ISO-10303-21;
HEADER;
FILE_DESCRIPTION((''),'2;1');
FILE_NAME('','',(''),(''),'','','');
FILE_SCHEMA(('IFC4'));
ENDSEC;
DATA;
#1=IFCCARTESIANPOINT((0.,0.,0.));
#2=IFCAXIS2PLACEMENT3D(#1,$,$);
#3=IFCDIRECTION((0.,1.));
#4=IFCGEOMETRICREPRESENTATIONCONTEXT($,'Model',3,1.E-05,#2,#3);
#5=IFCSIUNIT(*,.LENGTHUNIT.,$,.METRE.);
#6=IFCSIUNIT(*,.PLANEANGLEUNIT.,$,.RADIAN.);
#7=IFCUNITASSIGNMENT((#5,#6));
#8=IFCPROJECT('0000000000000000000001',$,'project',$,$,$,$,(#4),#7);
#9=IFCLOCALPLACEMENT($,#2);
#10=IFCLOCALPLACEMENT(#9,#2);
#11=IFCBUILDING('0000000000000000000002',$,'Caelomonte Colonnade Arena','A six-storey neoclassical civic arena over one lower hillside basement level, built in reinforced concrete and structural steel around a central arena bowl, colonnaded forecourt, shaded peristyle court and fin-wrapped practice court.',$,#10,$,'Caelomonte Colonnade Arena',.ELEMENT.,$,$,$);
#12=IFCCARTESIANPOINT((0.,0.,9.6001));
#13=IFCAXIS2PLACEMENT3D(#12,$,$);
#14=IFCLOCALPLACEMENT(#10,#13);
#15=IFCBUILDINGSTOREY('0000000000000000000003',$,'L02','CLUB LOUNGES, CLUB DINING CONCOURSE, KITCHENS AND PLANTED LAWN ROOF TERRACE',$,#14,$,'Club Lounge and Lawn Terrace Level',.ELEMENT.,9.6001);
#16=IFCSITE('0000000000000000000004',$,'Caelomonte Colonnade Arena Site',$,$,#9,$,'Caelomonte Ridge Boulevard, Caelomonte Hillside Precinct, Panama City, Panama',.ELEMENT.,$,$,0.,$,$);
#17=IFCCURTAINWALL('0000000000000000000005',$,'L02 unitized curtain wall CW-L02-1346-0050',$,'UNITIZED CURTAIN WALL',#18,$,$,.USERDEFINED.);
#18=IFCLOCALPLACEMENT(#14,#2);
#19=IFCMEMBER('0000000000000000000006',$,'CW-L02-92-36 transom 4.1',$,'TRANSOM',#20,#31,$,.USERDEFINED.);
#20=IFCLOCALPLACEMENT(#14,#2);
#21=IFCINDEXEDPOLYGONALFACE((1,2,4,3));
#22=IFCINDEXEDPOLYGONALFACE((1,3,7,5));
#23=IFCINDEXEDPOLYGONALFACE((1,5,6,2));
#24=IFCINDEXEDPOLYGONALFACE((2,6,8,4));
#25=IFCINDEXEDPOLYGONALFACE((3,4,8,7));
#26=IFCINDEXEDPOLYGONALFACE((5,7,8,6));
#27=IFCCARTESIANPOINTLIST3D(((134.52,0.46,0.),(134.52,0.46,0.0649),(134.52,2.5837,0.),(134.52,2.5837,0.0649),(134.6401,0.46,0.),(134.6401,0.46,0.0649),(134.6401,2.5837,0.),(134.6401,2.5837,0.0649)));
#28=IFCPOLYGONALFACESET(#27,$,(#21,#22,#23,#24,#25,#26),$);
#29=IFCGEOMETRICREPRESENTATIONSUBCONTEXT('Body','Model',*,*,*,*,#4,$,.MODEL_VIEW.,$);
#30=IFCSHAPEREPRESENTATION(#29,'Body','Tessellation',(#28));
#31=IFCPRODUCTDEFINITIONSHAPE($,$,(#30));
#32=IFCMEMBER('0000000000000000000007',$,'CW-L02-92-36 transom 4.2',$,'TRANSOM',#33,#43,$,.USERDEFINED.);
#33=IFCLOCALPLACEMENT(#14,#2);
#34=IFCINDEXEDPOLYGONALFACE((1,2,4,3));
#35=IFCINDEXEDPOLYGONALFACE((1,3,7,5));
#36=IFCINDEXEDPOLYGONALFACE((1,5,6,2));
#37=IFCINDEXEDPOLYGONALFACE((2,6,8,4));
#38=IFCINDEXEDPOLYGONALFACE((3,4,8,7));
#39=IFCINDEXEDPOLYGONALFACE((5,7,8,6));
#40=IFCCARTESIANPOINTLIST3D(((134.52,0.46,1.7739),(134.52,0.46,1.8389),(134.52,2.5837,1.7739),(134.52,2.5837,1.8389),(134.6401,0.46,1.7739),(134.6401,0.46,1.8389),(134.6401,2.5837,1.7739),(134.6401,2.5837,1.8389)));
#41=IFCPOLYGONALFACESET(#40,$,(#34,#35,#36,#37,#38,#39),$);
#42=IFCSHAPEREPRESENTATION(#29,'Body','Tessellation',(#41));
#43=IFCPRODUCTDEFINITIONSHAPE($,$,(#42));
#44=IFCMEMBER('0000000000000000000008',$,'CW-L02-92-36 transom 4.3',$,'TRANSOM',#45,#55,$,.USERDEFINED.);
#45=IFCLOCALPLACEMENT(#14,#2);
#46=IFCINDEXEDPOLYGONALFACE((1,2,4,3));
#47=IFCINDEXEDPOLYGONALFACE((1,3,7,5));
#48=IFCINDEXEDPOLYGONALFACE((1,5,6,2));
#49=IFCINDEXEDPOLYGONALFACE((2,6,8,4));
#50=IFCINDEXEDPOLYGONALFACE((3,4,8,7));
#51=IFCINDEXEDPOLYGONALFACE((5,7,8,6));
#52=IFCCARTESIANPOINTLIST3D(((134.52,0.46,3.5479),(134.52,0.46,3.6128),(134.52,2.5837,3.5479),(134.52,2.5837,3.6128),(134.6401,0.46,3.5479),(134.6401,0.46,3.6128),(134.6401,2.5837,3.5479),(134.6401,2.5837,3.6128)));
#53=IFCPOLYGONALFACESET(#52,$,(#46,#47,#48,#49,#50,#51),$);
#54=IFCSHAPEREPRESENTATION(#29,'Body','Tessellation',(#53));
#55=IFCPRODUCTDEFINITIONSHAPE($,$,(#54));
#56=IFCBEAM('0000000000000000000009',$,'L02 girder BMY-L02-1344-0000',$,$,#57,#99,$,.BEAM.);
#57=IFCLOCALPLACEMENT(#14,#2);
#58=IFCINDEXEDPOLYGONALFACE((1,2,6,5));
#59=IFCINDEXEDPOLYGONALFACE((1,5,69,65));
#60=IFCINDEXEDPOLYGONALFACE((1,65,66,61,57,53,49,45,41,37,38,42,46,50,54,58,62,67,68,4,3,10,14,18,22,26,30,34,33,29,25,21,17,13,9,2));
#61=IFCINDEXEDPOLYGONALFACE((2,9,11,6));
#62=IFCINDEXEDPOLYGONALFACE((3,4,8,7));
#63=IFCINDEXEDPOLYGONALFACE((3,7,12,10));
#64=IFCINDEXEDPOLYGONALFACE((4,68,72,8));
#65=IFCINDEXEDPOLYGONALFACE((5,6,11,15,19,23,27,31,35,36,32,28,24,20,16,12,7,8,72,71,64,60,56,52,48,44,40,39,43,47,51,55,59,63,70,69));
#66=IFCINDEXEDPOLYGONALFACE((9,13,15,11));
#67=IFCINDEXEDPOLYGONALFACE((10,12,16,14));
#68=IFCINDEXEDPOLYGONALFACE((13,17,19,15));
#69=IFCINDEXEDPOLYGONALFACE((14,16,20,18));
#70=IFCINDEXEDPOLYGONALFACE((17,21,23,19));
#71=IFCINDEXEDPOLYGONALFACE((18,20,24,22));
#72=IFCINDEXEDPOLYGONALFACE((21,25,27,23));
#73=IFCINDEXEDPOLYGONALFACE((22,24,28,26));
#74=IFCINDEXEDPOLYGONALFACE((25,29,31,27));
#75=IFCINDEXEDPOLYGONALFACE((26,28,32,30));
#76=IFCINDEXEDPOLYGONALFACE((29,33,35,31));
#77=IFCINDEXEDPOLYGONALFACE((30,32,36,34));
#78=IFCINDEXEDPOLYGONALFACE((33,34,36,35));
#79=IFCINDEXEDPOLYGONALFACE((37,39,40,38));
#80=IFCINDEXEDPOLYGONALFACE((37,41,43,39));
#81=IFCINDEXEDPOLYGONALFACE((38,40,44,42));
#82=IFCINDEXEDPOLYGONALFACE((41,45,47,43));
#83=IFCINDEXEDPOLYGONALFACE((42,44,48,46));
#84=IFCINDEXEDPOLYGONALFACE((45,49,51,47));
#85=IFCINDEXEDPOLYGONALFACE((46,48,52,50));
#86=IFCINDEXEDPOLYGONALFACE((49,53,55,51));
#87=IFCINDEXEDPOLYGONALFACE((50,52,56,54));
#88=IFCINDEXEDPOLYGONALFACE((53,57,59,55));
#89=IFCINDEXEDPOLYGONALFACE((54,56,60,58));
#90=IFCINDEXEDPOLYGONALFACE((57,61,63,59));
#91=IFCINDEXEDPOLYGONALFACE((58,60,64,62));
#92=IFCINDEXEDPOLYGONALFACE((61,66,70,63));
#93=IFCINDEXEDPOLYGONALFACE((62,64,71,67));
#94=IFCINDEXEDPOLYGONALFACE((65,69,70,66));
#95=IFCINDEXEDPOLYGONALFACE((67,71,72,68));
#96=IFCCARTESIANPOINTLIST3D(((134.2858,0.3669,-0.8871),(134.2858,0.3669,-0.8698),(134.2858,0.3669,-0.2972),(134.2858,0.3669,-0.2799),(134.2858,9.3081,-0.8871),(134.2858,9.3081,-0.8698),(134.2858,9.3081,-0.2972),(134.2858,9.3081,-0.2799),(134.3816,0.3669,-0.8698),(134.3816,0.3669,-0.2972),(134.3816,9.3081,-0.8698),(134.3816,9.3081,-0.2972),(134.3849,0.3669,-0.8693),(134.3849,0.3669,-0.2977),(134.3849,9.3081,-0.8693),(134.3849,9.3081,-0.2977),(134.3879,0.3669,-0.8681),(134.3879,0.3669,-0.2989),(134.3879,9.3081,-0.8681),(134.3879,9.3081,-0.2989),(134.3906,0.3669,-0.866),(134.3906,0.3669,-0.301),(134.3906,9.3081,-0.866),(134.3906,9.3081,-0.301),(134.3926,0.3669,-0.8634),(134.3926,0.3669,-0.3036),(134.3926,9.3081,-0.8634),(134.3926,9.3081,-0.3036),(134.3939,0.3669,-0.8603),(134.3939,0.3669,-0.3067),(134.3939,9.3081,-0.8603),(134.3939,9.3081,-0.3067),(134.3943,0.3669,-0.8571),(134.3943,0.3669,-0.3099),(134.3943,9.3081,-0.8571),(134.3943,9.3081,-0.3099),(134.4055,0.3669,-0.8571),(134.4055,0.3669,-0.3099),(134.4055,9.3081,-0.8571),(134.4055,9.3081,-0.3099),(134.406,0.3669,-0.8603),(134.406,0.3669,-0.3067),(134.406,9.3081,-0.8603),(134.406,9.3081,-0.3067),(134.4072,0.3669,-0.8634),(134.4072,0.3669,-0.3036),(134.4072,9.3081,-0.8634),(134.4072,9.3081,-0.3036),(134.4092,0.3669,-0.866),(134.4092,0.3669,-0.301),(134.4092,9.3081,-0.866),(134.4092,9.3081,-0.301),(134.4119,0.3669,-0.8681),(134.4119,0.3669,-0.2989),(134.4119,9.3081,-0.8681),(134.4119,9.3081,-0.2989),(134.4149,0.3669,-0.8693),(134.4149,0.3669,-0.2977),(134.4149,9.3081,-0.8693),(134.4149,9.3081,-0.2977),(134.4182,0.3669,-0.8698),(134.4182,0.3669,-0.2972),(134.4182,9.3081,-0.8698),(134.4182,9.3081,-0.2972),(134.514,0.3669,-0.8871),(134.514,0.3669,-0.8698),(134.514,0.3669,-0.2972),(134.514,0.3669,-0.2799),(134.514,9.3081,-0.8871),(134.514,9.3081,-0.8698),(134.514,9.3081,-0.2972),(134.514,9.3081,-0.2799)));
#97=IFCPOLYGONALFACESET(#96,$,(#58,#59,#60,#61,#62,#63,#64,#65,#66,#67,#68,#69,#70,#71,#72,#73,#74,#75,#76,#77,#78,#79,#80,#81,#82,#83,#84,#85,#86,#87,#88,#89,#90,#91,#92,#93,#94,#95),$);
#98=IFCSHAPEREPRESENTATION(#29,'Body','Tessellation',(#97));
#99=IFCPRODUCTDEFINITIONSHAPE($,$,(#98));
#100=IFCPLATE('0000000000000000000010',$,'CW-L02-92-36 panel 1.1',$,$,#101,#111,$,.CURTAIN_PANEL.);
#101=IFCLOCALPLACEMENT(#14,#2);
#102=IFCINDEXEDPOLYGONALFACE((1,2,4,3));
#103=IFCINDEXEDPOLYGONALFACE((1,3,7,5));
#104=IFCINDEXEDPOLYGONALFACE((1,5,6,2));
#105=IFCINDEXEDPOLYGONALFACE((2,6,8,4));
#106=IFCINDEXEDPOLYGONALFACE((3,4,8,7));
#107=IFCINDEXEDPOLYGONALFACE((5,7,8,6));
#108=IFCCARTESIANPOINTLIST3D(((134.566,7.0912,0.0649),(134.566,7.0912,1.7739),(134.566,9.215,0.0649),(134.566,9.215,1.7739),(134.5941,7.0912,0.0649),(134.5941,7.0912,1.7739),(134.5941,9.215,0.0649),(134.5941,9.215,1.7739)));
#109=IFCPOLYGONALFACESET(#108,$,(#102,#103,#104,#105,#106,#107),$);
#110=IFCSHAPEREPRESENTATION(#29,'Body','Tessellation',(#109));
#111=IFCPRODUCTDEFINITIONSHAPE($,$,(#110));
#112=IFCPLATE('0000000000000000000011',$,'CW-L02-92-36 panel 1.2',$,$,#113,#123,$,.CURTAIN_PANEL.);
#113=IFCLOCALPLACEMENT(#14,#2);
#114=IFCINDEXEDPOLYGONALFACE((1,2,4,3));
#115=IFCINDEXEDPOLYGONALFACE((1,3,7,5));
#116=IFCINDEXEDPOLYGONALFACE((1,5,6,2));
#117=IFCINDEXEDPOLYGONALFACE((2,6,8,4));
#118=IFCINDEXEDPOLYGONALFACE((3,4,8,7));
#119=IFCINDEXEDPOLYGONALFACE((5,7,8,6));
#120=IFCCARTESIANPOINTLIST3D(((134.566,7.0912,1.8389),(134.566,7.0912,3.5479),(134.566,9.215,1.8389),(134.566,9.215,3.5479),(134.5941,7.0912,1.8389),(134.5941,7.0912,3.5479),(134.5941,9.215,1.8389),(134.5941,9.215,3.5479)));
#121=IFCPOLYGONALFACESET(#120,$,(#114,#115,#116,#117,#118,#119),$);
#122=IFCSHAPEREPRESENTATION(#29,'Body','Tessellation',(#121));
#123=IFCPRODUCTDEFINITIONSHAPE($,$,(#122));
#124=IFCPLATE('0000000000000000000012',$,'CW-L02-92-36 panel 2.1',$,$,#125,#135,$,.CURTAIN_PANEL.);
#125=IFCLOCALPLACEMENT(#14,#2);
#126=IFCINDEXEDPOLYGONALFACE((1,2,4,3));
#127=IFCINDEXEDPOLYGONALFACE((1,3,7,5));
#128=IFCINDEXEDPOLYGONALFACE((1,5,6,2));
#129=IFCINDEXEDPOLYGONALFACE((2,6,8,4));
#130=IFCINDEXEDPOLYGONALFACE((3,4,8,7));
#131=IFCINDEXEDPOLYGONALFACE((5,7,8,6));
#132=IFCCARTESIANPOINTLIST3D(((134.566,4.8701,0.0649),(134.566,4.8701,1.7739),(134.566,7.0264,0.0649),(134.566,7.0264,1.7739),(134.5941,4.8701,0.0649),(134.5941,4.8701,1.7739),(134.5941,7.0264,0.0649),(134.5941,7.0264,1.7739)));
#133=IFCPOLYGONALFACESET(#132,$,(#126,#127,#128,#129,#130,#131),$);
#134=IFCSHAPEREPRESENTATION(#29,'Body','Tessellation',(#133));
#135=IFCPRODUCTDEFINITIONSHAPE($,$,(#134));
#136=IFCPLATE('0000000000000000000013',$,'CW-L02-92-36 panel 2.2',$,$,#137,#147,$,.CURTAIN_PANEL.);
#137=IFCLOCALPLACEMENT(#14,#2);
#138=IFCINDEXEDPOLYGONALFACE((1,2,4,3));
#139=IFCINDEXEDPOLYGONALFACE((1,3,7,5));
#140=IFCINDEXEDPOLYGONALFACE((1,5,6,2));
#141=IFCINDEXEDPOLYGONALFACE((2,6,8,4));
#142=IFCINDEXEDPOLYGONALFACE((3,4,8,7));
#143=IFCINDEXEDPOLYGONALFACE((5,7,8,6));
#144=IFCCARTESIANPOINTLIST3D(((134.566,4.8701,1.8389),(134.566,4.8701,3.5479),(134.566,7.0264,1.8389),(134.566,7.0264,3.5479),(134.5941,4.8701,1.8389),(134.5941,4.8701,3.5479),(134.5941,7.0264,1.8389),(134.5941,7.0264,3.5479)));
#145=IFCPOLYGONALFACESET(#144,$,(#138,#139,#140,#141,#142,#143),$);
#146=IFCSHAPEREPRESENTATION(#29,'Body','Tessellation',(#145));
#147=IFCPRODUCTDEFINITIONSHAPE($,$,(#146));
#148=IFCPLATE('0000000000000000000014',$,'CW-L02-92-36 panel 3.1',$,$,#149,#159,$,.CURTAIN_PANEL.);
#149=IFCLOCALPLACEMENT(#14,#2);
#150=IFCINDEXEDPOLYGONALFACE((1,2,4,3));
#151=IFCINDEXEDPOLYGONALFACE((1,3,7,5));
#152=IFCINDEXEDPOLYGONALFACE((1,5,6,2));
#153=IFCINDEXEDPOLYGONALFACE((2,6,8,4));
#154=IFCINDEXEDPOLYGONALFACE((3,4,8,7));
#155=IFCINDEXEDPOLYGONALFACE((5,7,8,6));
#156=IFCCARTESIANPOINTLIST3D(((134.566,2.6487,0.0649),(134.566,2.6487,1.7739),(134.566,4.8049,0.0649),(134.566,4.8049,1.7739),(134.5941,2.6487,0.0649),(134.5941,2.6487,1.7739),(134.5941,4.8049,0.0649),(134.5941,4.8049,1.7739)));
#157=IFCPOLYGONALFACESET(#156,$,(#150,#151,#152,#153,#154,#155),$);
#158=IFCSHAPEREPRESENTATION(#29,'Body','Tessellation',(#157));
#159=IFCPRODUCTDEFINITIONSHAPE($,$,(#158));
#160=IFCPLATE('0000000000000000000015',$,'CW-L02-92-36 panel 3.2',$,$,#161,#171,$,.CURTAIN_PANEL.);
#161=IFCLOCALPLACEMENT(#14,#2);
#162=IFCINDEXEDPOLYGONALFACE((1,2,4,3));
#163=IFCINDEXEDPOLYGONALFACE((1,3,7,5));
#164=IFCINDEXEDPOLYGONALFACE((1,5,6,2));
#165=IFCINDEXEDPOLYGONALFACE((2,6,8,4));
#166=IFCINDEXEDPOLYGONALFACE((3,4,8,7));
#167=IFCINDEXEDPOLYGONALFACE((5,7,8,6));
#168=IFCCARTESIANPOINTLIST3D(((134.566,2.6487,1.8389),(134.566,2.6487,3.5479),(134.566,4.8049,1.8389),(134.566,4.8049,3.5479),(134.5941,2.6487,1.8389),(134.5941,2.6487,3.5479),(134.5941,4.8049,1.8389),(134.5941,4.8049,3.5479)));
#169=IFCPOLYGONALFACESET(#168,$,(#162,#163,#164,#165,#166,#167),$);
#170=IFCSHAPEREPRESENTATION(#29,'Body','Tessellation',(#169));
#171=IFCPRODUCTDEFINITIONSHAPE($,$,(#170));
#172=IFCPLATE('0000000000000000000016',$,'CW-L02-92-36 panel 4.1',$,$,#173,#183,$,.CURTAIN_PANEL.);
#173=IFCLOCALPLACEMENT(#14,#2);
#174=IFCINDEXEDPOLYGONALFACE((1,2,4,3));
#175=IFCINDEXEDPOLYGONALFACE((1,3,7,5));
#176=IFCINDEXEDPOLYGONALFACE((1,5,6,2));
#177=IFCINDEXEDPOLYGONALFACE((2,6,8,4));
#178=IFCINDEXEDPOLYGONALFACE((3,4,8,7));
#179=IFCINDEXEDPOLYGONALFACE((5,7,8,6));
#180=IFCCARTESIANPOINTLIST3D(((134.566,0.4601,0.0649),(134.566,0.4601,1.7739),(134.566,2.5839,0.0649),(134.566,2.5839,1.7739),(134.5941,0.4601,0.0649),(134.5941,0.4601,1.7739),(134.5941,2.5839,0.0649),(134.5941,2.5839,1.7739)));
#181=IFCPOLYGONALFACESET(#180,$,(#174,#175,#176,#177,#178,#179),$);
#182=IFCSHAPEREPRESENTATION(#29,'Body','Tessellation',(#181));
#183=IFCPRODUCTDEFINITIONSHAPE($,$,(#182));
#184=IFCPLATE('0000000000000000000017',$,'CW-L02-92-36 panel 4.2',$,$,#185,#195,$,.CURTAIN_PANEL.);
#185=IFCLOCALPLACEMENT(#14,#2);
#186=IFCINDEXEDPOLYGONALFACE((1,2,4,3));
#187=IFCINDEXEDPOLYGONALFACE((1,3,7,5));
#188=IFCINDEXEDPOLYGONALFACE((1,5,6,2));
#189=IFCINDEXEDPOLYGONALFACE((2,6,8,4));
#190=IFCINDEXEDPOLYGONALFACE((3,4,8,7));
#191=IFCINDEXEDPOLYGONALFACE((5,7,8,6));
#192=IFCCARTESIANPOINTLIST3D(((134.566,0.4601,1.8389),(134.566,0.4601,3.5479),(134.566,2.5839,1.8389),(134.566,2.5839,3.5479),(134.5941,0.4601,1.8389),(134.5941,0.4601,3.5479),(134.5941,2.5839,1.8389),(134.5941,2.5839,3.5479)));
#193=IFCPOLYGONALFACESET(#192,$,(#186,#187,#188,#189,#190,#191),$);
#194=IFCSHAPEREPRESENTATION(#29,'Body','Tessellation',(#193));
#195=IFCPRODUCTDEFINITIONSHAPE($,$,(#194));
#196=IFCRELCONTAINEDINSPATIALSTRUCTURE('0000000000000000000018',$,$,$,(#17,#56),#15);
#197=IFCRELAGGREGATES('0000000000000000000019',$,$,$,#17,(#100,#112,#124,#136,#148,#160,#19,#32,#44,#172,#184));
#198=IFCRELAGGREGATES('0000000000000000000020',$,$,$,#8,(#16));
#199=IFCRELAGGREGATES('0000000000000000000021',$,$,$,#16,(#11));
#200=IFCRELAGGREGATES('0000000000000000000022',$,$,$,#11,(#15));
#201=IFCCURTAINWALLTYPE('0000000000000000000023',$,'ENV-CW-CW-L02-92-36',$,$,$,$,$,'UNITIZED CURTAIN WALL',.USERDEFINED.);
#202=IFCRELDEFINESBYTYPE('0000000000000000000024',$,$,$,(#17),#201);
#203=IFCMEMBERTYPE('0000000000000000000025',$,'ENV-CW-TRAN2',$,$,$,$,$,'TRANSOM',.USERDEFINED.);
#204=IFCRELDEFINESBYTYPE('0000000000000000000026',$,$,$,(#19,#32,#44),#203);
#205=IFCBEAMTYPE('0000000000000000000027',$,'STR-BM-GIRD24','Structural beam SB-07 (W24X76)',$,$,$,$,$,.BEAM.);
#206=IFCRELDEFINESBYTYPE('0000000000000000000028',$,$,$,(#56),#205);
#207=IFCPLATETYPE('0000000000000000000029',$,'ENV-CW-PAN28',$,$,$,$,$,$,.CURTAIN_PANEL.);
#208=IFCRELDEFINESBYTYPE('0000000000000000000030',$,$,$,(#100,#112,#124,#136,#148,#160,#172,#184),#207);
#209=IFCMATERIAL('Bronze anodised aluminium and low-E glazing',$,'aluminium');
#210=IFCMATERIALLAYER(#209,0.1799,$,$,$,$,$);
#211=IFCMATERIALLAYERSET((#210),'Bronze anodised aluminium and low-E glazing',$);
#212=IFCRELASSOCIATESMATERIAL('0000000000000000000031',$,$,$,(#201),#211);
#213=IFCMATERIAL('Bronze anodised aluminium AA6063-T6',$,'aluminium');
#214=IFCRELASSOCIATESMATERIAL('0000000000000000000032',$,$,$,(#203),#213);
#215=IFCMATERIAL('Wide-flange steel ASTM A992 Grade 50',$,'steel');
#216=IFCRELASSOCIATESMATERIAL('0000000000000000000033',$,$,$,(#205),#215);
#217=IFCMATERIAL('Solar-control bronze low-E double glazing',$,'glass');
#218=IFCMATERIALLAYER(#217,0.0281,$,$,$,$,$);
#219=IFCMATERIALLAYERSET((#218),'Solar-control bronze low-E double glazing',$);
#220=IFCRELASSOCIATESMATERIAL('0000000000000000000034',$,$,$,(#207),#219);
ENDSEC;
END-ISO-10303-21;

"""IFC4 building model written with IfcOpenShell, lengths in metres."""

from ifc_helpers import new_model, si_unit, direction, frame, origin, origin_2d, place, context, subcontext, project, spatial, rectangle, i_section, extrude, material, layer, layer_set, material_profile, profile_set, type_object, element, aggregate, save


model = new_model("IFC4")

# Units and contexts
model_context = context("Model", 3, precision=1e-05, world=origin(), true_north=direction((0.0, 1.0)))
body_context = subcontext(model_context, "Body", "Model", "MODEL_VIEW")
ifc_project = project(units=[si_unit("LENGTHUNIT", "METRE"), si_unit("PLANEANGLEUNIT", "RADIAN")], contexts=[model_context])

# Site, building, storey
site_placement = place(None, origin())
site = spatial("IfcSite", under=ifc_project, at=site_placement, Name="Caelomonte Colonnade Arena Site", LongName="Caelomonte Ridge Boulevard, Caelomonte Hillside Precinct, Panama City, Panama", CompositionType="ELEMENT", RefElevation=0.0)
building_placement = place(site_placement, origin())
building = spatial("IfcBuilding", under=site, at=building_placement, Name="Caelomonte Colonnade Arena", Description="A six-storey neoclassical civic arena over one lower hillside basement level, built in reinforced concrete and structural steel around a central arena bowl, colonnaded forecourt, shaded peristyle court and fin-wrapped practice court.", LongName="Caelomonte Colonnade Arena", CompositionType="ELEMENT")
storey_placement = place(building_placement, frame((0.0, 0.0, 9.6001)))
storey = spatial("IfcBuildingStorey", under=building, at=storey_placement, Name="L02", Description="CLUB LOUNGES, CLUB DINING CONCOURSE, KITCHENS AND PLANTED LAWN ROOF TERRACE", LongName="Club Lounge and Lawn Terrace Level", CompositionType="ELEMENT", Elevation=9.6001)

# Curtain wall, members
ifc_material_1 = material(Name="Bronze anodised aluminium and low-E glazing", Category="aluminium")
ifc_layer_1 = layer(ifc_material_1, 0.1799)
ifc_layer_set_1 = layer_set([ifc_layer_1], Name="Bronze anodised aluminium and low-E glazing")
curtain_wall_type = type_object("IfcCurtainWallType", Name="ENV-CW-CW-L02-92-36", ElementType="UNITIZED CURTAIN WALL", PredefinedType="USERDEFINED", material=ifc_layer_set_1)
curtain_wall_placement = place(storey_placement, origin())
curtain_wall = element("IfcCurtainWall", 1, at=curtain_wall_placement, inside=storey, type_object=curtain_wall_type, Name="L02 unitized curtain wall CW-L02-1346-0050", ObjectType="UNITIZED CURTAIN WALL", PredefinedType="USERDEFINED")
ifc_material_2 = material(Name="Bronze anodised aluminium AA6063-T6", Category="aluminium")
ifc_material_profile_1 = material_profile(ifc_material_2, rectangle(XDim=0.0649, YDim=0.1201, at=origin_2d()), Name="CWT-65X120")
ifc_profile_set_1 = profile_set([ifc_material_profile_1], Name="Bronze anodised aluminium AA6063-T6")
member_type_1 = type_object("IfcMemberType", Name="ENV-CW-TRAN2", ElementType="TRANSOM", PredefinedType="USERDEFINED", material=ifc_profile_set_1)
member_1_placement = place(storey_placement, frame((134.5801, 2.5837, 0.0325), z_axis=(0.0, -1.0, 0.0), x_axis=(0.0, 0.0, 1.0)))
member_1 = element("IfcMember", 2, at=member_1_placement, type_object=member_type_1, Name="CW-L02-92-36 transom 4.1", ObjectType="TRANSOM", PredefinedType="USERDEFINED", context=body_context, shape_type="SweptSolid", body=[
    extrude(rectangle(XDim=0.0649, YDim=0.1201, at=origin_2d()), origin(), (0.0, 0.0, 1.0), 2.1238),
])
member_2_placement = place(storey_placement, frame((134.5801, 2.5837, 1.8064), z_axis=(0.0, -1.0, 0.0), x_axis=(0.0, 0.0, 1.0)))
member_2 = element("IfcMember", 3, at=member_2_placement, type_object=member_type_1, Name="CW-L02-92-36 transom 4.2", ObjectType="TRANSOM", PredefinedType="USERDEFINED", context=body_context, shape_type="SweptSolid", body=[
    extrude(rectangle(XDim=0.0649, YDim=0.1201, at=origin_2d()), origin(), (0.0, 0.0, 1.0), 2.1238),
])
member_3_placement = place(storey_placement, frame((134.5801, 2.5837, 3.5803), z_axis=(0.0, -1.0, 0.0), x_axis=(0.0, 0.0, 1.0)))
member_3 = element("IfcMember", 4, at=member_3_placement, type_object=member_type_1, Name="CW-L02-92-36 transom 4.3", ObjectType="TRANSOM", PredefinedType="USERDEFINED", context=body_context, shape_type="SweptSolid", body=[
    extrude(rectangle(XDim=0.0649, YDim=0.1201, at=origin_2d()), origin(), (0.0, 0.0, 1.0), 2.1238),
])

# Beam
ifc_material_3 = material(Name="Wide-flange steel ASTM A992 Grade 50", Category="steel")
ifc_material_profile_2 = material_profile(ifc_material_3, i_section(OverallWidth=0.2283, OverallDepth=0.6072, WebThickness=0.0112, FlangeThickness=0.0173, FilletRadius=0.0127, at=origin_2d()), Name="W24X76")
ifc_profile_set_2 = profile_set([ifc_material_profile_2], Name="Wide-flange steel ASTM A992 Grade 50")
beam_type = type_object("IfcBeamType", Name="STR-BM-GIRD24", Description="Structural beam SB-07 (W24X76)", PredefinedType="BEAM", material=ifc_profile_set_2)
beam_placement = place(storey_placement, frame((134.3999, 0.3669, -0.5835), z_axis=(0.0, 1.0, 0.0), x_axis=(-1.0, 0.0, 0.0)))
element("IfcBeam", 5, at=beam_placement, inside=storey, type_object=beam_type, Name="L02 girder BMY-L02-1344-0000", PredefinedType="BEAM", context=body_context, shape_type="SweptSolid", body=[
    extrude(i_section(OverallWidth=0.2283, OverallDepth=0.6072, WebThickness=0.0112, FlangeThickness=0.0173, FilletRadius=0.0127, at=origin_2d()), origin(), (0.0, 0.0, 1.0), 8.9412),
])

# Plates
ifc_material_4 = material(Name="Solar-control bronze low-E double glazing", Category="glass")
ifc_layer_2 = layer(ifc_material_4, 0.0281)
ifc_layer_set_2 = layer_set([ifc_layer_2], Name="Solar-control bronze low-E double glazing")
plate_type = type_object("IfcPlateType", Name="ENV-CW-PAN28", PredefinedType="CURTAIN_PANEL", material=ifc_layer_set_2)
plate_1_placement = place(storey_placement, frame((134.5801, 8.1531, 0.0649), z_axis=(0.0, 0.0, 1.0), x_axis=(0.0, -1.0, 0.0)))
plate_1 = element("IfcPlate", 6, at=plate_1_placement, type_object=plate_type, Name="CW-L02-92-36 panel 1.1", PredefinedType="CURTAIN_PANEL", context=body_context, shape_type="SweptSolid", body=[
    extrude(rectangle(XDim=2.1238, YDim=0.0281, at=origin_2d()), origin(), (0.0, 0.0, 1.0), 1.709),
])
plate_2_placement = place(storey_placement, frame((134.5801, 8.1531, 1.8389), z_axis=(0.0, 0.0, 1.0), x_axis=(0.0, -1.0, 0.0)))
plate_2 = element("IfcPlate", 7, at=plate_2_placement, type_object=plate_type, Name="CW-L02-92-36 panel 1.2", PredefinedType="CURTAIN_PANEL", context=body_context, shape_type="SweptSolid", body=[
    extrude(rectangle(XDim=2.1238, YDim=0.0281, at=origin_2d()), origin(), (0.0, 0.0, 1.0), 1.709),
])
plate_3_placement = place(storey_placement, frame((134.5801, 5.9482, 0.0649), z_axis=(0.0, 0.0, 1.0), x_axis=(0.0, -1.0, 0.0)))
plate_3 = element("IfcPlate", 8, at=plate_3_placement, type_object=plate_type, Name="CW-L02-92-36 panel 2.1", PredefinedType="CURTAIN_PANEL", context=body_context, shape_type="SweptSolid", body=[
    extrude(rectangle(XDim=2.1562, YDim=0.0281, at=origin_2d()), origin(), (0.0, 0.0, 1.0), 1.709),
])
plate_4_placement = place(storey_placement, frame((134.5801, 5.9482, 1.8389), z_axis=(0.0, 0.0, 1.0), x_axis=(0.0, -1.0, 0.0)))
plate_4 = element("IfcPlate", 9, at=plate_4_placement, type_object=plate_type, Name="CW-L02-92-36 panel 2.2", PredefinedType="CURTAIN_PANEL", context=body_context, shape_type="SweptSolid", body=[
    extrude(rectangle(XDim=2.1562, YDim=0.0281, at=origin_2d()), origin(), (0.0, 0.0, 1.0), 1.709),
])
plate_5_placement = place(storey_placement, frame((134.5801, 3.7268, 0.0649), z_axis=(0.0, 0.0, 1.0), x_axis=(0.0, -1.0, 0.0)))
plate_5 = element("IfcPlate", 10, at=plate_5_placement, type_object=plate_type, Name="CW-L02-92-36 panel 3.1", PredefinedType="CURTAIN_PANEL", context=body_context, shape_type="SweptSolid", body=[
    extrude(rectangle(XDim=2.1562, YDim=0.0281, at=origin_2d()), origin(), (0.0, 0.0, 1.0), 1.709),
])
plate_6_placement = place(storey_placement, frame((134.5801, 3.7268, 1.8389), z_axis=(0.0, 0.0, 1.0), x_axis=(0.0, -1.0, 0.0)))
plate_6 = element("IfcPlate", 11, at=plate_6_placement, type_object=plate_type, Name="CW-L02-92-36 panel 3.2", PredefinedType="CURTAIN_PANEL", context=body_context, shape_type="SweptSolid", body=[
    extrude(rectangle(XDim=2.1562, YDim=0.0281, at=origin_2d()), origin(), (0.0, 0.0, 1.0), 1.709),
])
plate_7_placement = place(storey_placement, frame((134.5801, 1.522, 0.0649), z_axis=(0.0, 0.0, 1.0), x_axis=(0.0, -1.0, 0.0)))
plate_7 = element("IfcPlate", 12, at=plate_7_placement, type_object=plate_type, Name="CW-L02-92-36 panel 4.1", PredefinedType="CURTAIN_PANEL", context=body_context, shape_type="SweptSolid", body=[
    extrude(rectangle(XDim=2.1238, YDim=0.0281, at=origin_2d()), origin(), (0.0, 0.0, 1.0), 1.709),
])
plate_8_placement = place(storey_placement, frame((134.5801, 1.522, 1.8389), z_axis=(0.0, 0.0, 1.0), x_axis=(0.0, -1.0, 0.0)))
plate_8 = element("IfcPlate", 13, at=plate_8_placement, type_object=plate_type, Name="CW-L02-92-36 panel 4.2", PredefinedType="CURTAIN_PANEL", context=body_context, shape_type="SweptSolid", body=[
    extrude(rectangle(XDim=2.1238, YDim=0.0281, at=origin_2d()), origin(), (0.0, 0.0, 1.0), 1.709),
])
aggregate(curtain_wall, [plate_1, plate_2, plate_3, plate_4, plate_5, plate_6, member_1, member_2, member_3, plate_7, plate_8])

save(model, "model.ifc")
